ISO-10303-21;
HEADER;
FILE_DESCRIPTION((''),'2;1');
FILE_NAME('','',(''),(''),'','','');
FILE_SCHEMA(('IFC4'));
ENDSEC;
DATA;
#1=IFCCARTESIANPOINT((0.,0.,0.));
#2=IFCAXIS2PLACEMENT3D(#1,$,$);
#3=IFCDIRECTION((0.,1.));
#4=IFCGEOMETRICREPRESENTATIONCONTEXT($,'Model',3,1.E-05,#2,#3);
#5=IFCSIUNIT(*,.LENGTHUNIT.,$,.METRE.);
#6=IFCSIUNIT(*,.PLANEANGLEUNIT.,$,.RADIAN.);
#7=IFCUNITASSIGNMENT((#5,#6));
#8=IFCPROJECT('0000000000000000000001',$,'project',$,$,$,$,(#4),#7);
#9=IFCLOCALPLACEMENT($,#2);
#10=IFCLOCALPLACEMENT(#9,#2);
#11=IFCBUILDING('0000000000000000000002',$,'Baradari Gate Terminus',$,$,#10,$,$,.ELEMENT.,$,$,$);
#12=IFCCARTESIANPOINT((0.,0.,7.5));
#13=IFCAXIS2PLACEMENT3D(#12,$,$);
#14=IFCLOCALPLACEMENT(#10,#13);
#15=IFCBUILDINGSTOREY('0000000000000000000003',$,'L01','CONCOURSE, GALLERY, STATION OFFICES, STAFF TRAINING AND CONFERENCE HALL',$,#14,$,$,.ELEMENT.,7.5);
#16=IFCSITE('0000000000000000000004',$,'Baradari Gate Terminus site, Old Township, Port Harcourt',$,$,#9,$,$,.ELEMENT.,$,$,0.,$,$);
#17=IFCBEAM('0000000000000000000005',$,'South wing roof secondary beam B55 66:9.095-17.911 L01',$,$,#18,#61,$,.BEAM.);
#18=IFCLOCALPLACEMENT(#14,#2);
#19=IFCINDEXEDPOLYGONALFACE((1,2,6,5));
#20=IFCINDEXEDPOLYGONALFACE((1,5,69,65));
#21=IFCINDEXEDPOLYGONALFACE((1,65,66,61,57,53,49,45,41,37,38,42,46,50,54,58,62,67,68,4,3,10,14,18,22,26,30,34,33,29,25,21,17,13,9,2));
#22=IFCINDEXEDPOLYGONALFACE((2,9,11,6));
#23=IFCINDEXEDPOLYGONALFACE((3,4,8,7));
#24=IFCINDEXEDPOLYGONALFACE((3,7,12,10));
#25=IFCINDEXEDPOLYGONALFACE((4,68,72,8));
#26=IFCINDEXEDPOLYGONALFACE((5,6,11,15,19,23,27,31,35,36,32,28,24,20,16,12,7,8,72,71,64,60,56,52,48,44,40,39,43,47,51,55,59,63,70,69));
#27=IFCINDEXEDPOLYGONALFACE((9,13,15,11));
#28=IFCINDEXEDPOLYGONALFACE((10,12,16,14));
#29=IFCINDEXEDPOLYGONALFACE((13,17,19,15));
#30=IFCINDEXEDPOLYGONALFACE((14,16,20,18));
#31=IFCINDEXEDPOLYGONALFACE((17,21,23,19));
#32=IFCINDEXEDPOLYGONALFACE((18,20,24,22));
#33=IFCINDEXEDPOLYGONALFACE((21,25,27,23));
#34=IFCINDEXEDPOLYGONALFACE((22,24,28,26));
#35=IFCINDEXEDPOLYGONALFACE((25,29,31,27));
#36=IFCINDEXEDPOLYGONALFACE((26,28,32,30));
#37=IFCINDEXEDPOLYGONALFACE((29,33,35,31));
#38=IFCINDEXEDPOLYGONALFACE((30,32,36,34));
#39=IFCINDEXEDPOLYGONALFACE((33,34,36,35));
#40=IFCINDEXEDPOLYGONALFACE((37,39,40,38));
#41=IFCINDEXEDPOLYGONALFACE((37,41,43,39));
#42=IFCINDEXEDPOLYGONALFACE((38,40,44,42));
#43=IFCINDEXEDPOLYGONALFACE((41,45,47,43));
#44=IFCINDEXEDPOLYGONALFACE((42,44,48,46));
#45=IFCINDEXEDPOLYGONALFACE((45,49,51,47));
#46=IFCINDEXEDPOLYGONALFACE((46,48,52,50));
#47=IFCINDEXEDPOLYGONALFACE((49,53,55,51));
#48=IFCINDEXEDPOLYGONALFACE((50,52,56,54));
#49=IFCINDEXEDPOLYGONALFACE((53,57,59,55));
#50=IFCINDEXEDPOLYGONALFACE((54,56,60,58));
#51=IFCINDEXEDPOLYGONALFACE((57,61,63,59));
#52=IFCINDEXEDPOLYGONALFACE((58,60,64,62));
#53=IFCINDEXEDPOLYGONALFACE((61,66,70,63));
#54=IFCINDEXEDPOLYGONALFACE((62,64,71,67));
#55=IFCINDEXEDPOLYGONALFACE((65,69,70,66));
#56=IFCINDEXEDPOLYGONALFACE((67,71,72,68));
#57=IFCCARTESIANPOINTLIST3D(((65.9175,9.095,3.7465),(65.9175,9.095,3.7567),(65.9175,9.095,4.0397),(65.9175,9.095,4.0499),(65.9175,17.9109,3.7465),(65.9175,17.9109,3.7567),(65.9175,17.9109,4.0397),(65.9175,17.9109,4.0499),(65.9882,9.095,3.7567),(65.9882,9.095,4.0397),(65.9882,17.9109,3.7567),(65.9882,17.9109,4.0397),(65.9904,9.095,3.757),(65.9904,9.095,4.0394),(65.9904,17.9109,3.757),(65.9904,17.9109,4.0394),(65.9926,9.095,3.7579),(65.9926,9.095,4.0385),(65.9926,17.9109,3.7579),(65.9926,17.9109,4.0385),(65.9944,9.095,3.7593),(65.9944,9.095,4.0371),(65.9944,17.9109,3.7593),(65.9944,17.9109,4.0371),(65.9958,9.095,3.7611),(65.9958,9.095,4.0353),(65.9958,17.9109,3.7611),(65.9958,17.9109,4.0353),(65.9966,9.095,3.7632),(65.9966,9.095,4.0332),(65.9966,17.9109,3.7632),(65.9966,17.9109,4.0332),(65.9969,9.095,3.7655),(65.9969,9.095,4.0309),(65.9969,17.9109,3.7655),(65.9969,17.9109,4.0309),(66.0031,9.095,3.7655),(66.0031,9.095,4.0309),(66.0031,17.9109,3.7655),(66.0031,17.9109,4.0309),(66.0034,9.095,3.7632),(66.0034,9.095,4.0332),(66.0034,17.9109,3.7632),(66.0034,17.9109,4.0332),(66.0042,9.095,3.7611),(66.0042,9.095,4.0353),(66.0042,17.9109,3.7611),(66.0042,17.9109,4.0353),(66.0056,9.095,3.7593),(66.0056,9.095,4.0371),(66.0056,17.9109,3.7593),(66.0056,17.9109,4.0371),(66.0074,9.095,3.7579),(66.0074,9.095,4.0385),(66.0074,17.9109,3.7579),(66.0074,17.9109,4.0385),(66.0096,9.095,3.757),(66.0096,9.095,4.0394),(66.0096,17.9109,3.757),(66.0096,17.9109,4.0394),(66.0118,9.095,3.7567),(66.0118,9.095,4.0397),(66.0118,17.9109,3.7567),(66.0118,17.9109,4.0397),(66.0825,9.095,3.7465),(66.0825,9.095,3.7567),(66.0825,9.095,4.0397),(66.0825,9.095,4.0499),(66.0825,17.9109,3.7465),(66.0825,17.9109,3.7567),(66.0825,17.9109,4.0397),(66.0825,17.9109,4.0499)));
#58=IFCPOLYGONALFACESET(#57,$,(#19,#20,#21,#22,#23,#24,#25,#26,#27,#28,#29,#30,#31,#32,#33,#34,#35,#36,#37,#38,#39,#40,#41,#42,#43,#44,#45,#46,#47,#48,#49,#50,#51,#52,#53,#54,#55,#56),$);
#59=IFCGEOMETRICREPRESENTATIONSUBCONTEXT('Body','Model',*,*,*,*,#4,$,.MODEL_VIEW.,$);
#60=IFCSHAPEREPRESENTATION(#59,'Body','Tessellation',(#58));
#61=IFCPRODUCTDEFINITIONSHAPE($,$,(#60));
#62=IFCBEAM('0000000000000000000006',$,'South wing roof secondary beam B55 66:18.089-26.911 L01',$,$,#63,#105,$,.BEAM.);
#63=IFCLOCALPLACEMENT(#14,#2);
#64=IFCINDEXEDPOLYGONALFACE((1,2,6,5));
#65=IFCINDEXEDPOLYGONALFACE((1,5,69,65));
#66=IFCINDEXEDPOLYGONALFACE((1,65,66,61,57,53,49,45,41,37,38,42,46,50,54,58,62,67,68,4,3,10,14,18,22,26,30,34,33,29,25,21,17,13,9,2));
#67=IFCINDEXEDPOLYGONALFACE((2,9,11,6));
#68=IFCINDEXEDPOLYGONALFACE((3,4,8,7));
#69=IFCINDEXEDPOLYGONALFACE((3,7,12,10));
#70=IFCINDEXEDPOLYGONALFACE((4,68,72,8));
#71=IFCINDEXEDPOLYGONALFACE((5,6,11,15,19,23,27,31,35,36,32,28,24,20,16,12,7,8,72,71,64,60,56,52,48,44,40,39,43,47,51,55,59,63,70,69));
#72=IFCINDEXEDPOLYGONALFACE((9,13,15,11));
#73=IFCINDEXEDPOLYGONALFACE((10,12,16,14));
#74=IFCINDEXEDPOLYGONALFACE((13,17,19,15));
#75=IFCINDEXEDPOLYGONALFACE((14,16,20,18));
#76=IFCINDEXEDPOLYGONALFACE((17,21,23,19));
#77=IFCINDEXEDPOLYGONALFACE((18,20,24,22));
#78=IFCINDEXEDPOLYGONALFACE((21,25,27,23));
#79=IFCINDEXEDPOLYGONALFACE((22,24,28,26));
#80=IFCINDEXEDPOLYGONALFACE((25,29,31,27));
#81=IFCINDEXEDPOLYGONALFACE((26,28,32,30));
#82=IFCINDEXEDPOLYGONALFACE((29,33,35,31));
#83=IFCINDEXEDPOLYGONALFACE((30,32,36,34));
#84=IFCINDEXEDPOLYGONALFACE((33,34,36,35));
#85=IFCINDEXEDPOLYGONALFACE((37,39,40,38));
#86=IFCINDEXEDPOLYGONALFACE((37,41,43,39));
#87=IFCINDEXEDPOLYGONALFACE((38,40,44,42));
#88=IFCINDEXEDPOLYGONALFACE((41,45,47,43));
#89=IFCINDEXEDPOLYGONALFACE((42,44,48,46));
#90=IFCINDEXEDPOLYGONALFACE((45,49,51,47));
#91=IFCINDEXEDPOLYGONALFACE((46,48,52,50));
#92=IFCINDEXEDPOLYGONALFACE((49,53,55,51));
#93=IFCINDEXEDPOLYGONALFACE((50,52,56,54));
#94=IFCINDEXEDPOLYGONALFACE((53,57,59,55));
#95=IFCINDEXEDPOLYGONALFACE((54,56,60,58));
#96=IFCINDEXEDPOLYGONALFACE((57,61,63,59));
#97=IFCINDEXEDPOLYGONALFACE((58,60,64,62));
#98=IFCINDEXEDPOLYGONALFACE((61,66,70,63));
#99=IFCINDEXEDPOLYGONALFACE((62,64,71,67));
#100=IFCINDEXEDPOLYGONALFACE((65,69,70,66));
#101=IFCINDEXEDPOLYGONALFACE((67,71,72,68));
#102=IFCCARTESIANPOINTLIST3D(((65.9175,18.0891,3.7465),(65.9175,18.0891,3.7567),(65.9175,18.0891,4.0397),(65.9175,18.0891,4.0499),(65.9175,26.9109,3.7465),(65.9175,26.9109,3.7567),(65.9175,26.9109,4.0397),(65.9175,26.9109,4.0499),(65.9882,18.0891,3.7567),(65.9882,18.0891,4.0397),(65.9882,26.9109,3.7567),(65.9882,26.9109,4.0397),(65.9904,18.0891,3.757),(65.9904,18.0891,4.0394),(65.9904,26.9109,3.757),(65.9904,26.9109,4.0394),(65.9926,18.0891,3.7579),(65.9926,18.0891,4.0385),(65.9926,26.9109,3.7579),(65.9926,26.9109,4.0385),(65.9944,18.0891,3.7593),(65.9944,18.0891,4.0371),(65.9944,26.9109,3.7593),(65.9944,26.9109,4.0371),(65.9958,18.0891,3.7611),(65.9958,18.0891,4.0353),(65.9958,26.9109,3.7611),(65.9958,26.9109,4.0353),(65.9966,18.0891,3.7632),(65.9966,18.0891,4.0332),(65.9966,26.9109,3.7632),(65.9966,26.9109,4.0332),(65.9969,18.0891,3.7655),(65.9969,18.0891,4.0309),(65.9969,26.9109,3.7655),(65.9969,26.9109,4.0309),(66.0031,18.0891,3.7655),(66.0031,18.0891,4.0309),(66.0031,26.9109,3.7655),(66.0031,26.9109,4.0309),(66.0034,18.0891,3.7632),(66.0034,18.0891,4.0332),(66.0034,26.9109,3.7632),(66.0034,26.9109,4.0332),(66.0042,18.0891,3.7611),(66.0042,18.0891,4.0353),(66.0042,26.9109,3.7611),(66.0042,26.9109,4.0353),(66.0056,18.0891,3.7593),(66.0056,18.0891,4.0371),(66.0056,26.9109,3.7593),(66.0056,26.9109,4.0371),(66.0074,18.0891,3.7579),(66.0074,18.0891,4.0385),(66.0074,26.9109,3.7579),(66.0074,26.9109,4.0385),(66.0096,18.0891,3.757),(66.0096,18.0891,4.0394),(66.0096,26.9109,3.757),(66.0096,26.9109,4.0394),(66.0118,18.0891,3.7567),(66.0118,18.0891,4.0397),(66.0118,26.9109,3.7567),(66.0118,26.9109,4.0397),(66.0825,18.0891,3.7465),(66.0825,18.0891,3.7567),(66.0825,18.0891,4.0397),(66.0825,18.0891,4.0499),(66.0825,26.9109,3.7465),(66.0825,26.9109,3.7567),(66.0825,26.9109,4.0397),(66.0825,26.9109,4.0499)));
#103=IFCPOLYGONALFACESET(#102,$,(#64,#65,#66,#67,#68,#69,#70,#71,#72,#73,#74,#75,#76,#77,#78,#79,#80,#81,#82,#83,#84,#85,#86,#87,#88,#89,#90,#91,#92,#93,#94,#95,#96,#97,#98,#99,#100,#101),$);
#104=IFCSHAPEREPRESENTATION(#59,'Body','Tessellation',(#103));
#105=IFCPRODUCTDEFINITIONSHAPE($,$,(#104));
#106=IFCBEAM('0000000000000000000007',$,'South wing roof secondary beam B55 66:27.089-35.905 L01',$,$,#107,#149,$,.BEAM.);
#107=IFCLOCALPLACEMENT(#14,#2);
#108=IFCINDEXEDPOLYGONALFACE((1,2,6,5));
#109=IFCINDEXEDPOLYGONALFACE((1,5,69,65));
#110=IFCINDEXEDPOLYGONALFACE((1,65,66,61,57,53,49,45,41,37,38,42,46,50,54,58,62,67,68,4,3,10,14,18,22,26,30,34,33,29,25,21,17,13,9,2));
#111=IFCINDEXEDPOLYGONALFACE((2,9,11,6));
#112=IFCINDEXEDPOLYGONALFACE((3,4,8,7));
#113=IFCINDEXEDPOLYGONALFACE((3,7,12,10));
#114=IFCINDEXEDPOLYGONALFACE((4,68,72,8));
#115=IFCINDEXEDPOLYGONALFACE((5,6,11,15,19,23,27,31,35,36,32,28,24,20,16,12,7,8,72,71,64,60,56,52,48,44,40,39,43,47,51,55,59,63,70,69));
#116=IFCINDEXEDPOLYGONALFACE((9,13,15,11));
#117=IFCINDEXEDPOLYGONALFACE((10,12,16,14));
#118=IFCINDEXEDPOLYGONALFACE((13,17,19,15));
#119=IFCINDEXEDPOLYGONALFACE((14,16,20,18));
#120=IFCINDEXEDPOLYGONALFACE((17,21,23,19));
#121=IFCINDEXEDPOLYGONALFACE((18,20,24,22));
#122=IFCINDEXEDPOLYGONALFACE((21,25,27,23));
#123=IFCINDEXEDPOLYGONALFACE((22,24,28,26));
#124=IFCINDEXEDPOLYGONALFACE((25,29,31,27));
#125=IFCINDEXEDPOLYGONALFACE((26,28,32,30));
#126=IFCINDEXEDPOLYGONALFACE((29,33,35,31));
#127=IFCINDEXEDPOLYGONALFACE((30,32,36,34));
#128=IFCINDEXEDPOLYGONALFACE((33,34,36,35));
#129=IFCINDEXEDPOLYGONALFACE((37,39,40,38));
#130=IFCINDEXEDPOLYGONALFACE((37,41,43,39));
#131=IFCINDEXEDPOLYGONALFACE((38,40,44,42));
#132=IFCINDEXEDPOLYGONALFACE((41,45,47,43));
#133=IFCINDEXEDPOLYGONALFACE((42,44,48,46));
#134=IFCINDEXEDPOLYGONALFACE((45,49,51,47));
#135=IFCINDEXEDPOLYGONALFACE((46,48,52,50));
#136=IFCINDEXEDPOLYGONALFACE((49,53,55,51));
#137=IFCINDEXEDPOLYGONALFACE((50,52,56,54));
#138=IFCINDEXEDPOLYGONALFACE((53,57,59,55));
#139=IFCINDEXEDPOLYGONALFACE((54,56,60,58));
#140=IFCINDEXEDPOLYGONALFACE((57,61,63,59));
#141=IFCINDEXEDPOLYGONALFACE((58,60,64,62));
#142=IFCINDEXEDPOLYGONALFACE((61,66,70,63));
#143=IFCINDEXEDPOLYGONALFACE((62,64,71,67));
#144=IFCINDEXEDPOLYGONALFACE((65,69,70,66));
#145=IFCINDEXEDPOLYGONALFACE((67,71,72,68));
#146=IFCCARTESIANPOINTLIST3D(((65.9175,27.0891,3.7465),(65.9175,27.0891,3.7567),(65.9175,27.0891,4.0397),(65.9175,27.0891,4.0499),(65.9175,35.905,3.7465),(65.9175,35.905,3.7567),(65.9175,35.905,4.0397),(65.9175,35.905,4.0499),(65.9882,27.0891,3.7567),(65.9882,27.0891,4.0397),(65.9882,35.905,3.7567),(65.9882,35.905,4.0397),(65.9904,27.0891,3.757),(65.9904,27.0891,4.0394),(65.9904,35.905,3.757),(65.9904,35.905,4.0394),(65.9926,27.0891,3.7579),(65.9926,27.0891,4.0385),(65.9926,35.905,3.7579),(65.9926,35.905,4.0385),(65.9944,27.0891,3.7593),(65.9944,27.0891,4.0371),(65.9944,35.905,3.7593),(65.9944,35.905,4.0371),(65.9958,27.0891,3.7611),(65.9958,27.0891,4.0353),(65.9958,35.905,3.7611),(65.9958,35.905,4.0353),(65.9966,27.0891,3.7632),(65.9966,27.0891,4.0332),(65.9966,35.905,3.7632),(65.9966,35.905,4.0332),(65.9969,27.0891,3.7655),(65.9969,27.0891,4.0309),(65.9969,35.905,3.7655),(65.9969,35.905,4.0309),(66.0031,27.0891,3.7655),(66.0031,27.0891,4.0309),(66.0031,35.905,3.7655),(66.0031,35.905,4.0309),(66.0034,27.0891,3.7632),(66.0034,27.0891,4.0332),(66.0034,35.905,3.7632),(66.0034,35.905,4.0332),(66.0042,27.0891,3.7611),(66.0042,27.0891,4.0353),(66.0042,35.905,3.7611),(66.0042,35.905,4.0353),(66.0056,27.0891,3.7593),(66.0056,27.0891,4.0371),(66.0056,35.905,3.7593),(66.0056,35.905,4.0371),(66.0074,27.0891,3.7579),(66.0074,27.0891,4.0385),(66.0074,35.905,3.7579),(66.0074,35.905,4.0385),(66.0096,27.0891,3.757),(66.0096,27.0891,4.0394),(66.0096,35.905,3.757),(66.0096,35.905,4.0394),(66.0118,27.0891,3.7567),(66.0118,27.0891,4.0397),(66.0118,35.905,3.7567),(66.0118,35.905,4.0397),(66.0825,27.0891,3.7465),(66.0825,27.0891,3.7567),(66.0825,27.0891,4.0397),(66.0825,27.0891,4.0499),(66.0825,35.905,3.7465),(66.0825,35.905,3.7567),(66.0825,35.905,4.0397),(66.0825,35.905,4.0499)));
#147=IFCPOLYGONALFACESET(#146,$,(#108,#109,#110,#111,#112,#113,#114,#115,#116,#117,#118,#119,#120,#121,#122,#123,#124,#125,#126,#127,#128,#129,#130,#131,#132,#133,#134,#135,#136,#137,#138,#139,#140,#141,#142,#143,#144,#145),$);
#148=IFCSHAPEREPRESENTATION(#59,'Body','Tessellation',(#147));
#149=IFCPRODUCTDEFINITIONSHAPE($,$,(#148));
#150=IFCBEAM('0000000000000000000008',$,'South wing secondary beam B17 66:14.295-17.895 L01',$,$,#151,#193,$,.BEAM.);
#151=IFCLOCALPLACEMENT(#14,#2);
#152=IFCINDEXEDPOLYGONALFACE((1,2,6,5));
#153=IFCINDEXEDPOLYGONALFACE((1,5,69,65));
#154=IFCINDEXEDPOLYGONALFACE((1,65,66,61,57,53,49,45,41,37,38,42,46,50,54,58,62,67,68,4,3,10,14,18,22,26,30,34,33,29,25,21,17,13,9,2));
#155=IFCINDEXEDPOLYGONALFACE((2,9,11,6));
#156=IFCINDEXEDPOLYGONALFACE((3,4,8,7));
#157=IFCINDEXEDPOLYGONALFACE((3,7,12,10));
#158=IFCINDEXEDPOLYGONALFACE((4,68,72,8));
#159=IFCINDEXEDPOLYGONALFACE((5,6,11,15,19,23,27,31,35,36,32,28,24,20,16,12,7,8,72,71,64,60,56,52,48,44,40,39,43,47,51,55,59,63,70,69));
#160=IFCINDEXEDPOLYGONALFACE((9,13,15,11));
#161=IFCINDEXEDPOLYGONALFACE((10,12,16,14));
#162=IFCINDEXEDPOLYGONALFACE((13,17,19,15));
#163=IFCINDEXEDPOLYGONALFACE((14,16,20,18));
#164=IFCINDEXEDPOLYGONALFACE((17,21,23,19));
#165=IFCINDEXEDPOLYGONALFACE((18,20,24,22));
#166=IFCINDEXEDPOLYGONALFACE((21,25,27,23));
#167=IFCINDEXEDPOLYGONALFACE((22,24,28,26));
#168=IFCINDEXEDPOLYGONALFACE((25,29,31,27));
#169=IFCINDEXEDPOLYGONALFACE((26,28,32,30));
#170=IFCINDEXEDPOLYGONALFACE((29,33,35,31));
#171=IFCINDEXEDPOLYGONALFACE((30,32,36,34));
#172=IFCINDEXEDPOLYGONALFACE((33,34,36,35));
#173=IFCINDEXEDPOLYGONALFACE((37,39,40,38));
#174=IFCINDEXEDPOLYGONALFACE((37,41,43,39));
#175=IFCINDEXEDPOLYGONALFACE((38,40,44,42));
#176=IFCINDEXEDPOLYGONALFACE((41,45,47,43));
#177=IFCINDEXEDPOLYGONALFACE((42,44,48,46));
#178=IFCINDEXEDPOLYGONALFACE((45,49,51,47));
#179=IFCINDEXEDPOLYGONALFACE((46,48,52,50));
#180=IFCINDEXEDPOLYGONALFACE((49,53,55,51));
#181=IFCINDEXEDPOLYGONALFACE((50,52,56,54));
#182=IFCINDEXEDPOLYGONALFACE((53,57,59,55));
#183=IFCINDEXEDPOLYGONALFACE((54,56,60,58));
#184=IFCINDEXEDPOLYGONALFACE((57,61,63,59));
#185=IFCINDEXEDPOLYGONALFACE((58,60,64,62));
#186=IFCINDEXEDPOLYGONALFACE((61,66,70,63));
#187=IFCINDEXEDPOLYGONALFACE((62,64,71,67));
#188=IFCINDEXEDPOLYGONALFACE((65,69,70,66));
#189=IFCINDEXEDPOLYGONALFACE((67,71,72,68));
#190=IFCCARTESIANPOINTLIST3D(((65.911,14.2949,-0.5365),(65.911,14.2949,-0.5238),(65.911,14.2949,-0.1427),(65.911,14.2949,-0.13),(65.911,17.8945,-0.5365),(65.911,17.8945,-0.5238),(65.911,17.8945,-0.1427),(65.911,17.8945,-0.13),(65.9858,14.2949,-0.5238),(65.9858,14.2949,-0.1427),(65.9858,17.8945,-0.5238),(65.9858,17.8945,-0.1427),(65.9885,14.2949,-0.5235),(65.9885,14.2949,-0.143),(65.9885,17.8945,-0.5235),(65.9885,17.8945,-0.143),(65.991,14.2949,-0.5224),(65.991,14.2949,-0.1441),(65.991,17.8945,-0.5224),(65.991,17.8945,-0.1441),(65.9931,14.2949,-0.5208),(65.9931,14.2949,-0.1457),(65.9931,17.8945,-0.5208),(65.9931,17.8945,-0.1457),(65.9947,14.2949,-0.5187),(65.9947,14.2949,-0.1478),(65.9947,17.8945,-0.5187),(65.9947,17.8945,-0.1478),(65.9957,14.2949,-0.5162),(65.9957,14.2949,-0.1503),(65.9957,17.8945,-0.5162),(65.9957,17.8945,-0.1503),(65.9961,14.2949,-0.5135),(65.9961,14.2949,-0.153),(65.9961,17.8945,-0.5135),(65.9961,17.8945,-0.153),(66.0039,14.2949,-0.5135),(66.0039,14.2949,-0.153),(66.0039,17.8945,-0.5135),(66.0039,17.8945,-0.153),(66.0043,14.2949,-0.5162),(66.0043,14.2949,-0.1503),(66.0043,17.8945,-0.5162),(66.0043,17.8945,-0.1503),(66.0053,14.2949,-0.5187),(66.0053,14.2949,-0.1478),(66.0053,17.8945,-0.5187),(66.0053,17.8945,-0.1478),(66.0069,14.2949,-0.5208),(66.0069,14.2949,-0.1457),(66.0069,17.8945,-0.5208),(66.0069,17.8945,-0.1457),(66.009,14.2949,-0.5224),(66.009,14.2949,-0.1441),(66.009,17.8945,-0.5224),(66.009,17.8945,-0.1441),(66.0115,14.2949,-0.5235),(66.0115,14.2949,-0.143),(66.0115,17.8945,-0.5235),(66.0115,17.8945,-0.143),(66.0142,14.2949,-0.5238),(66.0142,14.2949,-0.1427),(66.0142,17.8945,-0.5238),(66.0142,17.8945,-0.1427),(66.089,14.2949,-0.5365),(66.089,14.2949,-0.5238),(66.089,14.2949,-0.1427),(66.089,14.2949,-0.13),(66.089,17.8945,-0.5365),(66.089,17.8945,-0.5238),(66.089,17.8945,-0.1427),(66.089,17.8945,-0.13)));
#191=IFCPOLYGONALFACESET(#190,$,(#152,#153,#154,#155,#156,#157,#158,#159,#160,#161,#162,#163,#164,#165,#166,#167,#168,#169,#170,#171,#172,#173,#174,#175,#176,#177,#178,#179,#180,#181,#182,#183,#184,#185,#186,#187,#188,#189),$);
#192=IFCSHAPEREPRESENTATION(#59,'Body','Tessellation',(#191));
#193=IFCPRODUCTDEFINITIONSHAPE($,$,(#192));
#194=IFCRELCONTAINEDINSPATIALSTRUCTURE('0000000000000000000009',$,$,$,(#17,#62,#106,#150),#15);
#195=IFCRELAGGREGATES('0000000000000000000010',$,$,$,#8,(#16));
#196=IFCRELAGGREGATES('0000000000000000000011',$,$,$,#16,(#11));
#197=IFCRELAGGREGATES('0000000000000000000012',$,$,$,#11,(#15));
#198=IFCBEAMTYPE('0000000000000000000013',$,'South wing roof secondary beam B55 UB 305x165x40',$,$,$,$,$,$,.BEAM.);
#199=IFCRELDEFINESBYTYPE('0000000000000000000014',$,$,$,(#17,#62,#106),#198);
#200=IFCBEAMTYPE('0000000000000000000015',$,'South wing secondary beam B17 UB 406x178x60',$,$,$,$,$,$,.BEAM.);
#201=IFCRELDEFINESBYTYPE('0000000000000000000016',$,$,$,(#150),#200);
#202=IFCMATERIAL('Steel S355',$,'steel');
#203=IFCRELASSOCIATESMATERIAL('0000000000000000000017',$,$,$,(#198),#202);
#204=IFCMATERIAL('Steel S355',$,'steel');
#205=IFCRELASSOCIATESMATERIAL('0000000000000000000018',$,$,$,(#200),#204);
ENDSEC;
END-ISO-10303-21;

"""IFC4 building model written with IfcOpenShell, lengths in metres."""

from ifc_helpers import new_model, si_unit, direction, frame, origin, origin_2d, place, context, subcontext, project, spatial, i_section, extrude, material, material_profile, profile_set, type_object, element, save


model = new_model("IFC4")

# Units and contexts
model_context = context("Model", 3, precision=1e-05, world=origin(), true_north=direction((0.0, 1.0)))
body_context = subcontext(model_context, "Body", "Model", "MODEL_VIEW")
ifc_project = project(units=[si_unit("LENGTHUNIT", "METRE"), si_unit("PLANEANGLEUNIT", "RADIAN")], contexts=[model_context])

# Site, building, storey
site_placement = place(None, origin())
site = spatial("IfcSite", under=ifc_project, at=site_placement, Name="Baradari Gate Terminus site, Old Township, Port Harcourt", CompositionType="ELEMENT", RefElevation=0.0)
building_placement = place(site_placement, origin())
building = spatial("IfcBuilding", under=site, at=building_placement, Name="Baradari Gate Terminus", CompositionType="ELEMENT")
storey_placement = place(building_placement, frame((0.0, 0.0, 7.5)))
storey = spatial("IfcBuildingStorey", under=building, at=storey_placement, Name="L01", Description="CONCOURSE, GALLERY, STATION OFFICES, STAFF TRAINING AND CONFERENCE HALL", CompositionType="ELEMENT", Elevation=7.5)

# Beams
ifc_material_1 = material(Name="Steel S355", Category="steel")
ifc_material_profile_1 = material_profile(ifc_material_1, i_section(OverallWidth=0.165, OverallDepth=0.3035, WebThickness=0.0061, FlangeThickness=0.0103, FilletRadius=0.0088, at=origin_2d()), Name="UB 305x165x40")
ifc_profile_set_1 = profile_set([ifc_material_profile_1], Name="Steel S355")
beam_type_1 = type_object("IfcBeamType", Name="South wing roof secondary beam B55 UB 305x165x40", PredefinedType="BEAM", material=ifc_profile_set_1)
beam_1_placement = place(storey_placement, frame((66.0, 9.095, 3.8982), z_axis=(0.0, 1.0, 0.0), x_axis=(-1.0, 0.0, 0.0)))
element("IfcBeam", 1, at=beam_1_placement, inside=storey, type_object=beam_type_1, Name="South wing roof secondary beam B55 66:9.095-17.911 L01", PredefinedType="BEAM", context=body_context, shape_type="SweptSolid", body=[
    extrude(i_section(OverallWidth=0.165, OverallDepth=0.3035, WebThickness=0.0061, FlangeThickness=0.0103, FilletRadius=0.0088, at=origin_2d()), origin(), (0.0, 0.0, 1.0), 8.8159),
])
beam_2_placement = place(storey_placement, frame((66.0, 18.0891, 3.8982), z_axis=(0.0, 1.0, 0.0), x_axis=(-1.0, 0.0, 0.0)))
element("IfcBeam", 2, at=beam_2_placement, inside=storey, type_object=beam_type_1, Name="South wing roof secondary beam B55 66:18.089-26.911 L01", PredefinedType="BEAM", context=body_context, shape_type="SweptSolid", body=[
    extrude(i_section(OverallWidth=0.165, OverallDepth=0.3035, WebThickness=0.0061, FlangeThickness=0.0103, FilletRadius=0.0088, at=origin_2d()), origin(), (0.0, 0.0, 1.0), 8.8218),
])
beam_3_placement = place(storey_placement, frame((66.0, 27.0891, 3.8982), z_axis=(0.0, 1.0, 0.0), x_axis=(-1.0, 0.0, 0.0)))
element("IfcBeam", 3, at=beam_3_placement, inside=storey, type_object=beam_type_1, Name="South wing roof secondary beam B55 66:27.089-35.905 L01", PredefinedType="BEAM", context=body_context, shape_type="SweptSolid", body=[
    extrude(i_section(OverallWidth=0.165, OverallDepth=0.3035, WebThickness=0.0061, FlangeThickness=0.0103, FilletRadius=0.0088, at=origin_2d()), origin(), (0.0, 0.0, 1.0), 8.8159),
])
ifc_material_2 = material(Name="Steel S355", Category="steel")
ifc_material_profile_2 = material_profile(ifc_material_2, i_section(OverallWidth=0.178, OverallDepth=0.4065, WebThickness=0.0078, FlangeThickness=0.0127, FilletRadius=0.0103, at=origin_2d()), Name="UB 406x178x60")
ifc_profile_set_2 = profile_set([ifc_material_profile_2], Name="Steel S355")
beam_type_2 = type_object("IfcBeamType", Name="South wing secondary beam B17 UB 406x178x60", PredefinedType="BEAM", material=ifc_profile_set_2)
beam_4_placement = place(storey_placement, frame((66.0, 14.2949, -0.3333), z_axis=(0.0, 1.0, 0.0), x_axis=(-1.0, 0.0, 0.0)))
element("IfcBeam", 4, at=beam_4_placement, inside=storey, type_object=beam_type_2, Name="South wing secondary beam B17 66:14.295-17.895 L01", PredefinedType="BEAM", context=body_context, shape_type="SweptSolid", body=[
    extrude(i_section(OverallWidth=0.178, OverallDepth=0.4065, WebThickness=0.0078, FlangeThickness=0.0127, FilletRadius=0.0103, at=origin_2d()), origin(), (0.0, 0.0, 1.0), 3.5996),
])

save(model, "model.ifc")
